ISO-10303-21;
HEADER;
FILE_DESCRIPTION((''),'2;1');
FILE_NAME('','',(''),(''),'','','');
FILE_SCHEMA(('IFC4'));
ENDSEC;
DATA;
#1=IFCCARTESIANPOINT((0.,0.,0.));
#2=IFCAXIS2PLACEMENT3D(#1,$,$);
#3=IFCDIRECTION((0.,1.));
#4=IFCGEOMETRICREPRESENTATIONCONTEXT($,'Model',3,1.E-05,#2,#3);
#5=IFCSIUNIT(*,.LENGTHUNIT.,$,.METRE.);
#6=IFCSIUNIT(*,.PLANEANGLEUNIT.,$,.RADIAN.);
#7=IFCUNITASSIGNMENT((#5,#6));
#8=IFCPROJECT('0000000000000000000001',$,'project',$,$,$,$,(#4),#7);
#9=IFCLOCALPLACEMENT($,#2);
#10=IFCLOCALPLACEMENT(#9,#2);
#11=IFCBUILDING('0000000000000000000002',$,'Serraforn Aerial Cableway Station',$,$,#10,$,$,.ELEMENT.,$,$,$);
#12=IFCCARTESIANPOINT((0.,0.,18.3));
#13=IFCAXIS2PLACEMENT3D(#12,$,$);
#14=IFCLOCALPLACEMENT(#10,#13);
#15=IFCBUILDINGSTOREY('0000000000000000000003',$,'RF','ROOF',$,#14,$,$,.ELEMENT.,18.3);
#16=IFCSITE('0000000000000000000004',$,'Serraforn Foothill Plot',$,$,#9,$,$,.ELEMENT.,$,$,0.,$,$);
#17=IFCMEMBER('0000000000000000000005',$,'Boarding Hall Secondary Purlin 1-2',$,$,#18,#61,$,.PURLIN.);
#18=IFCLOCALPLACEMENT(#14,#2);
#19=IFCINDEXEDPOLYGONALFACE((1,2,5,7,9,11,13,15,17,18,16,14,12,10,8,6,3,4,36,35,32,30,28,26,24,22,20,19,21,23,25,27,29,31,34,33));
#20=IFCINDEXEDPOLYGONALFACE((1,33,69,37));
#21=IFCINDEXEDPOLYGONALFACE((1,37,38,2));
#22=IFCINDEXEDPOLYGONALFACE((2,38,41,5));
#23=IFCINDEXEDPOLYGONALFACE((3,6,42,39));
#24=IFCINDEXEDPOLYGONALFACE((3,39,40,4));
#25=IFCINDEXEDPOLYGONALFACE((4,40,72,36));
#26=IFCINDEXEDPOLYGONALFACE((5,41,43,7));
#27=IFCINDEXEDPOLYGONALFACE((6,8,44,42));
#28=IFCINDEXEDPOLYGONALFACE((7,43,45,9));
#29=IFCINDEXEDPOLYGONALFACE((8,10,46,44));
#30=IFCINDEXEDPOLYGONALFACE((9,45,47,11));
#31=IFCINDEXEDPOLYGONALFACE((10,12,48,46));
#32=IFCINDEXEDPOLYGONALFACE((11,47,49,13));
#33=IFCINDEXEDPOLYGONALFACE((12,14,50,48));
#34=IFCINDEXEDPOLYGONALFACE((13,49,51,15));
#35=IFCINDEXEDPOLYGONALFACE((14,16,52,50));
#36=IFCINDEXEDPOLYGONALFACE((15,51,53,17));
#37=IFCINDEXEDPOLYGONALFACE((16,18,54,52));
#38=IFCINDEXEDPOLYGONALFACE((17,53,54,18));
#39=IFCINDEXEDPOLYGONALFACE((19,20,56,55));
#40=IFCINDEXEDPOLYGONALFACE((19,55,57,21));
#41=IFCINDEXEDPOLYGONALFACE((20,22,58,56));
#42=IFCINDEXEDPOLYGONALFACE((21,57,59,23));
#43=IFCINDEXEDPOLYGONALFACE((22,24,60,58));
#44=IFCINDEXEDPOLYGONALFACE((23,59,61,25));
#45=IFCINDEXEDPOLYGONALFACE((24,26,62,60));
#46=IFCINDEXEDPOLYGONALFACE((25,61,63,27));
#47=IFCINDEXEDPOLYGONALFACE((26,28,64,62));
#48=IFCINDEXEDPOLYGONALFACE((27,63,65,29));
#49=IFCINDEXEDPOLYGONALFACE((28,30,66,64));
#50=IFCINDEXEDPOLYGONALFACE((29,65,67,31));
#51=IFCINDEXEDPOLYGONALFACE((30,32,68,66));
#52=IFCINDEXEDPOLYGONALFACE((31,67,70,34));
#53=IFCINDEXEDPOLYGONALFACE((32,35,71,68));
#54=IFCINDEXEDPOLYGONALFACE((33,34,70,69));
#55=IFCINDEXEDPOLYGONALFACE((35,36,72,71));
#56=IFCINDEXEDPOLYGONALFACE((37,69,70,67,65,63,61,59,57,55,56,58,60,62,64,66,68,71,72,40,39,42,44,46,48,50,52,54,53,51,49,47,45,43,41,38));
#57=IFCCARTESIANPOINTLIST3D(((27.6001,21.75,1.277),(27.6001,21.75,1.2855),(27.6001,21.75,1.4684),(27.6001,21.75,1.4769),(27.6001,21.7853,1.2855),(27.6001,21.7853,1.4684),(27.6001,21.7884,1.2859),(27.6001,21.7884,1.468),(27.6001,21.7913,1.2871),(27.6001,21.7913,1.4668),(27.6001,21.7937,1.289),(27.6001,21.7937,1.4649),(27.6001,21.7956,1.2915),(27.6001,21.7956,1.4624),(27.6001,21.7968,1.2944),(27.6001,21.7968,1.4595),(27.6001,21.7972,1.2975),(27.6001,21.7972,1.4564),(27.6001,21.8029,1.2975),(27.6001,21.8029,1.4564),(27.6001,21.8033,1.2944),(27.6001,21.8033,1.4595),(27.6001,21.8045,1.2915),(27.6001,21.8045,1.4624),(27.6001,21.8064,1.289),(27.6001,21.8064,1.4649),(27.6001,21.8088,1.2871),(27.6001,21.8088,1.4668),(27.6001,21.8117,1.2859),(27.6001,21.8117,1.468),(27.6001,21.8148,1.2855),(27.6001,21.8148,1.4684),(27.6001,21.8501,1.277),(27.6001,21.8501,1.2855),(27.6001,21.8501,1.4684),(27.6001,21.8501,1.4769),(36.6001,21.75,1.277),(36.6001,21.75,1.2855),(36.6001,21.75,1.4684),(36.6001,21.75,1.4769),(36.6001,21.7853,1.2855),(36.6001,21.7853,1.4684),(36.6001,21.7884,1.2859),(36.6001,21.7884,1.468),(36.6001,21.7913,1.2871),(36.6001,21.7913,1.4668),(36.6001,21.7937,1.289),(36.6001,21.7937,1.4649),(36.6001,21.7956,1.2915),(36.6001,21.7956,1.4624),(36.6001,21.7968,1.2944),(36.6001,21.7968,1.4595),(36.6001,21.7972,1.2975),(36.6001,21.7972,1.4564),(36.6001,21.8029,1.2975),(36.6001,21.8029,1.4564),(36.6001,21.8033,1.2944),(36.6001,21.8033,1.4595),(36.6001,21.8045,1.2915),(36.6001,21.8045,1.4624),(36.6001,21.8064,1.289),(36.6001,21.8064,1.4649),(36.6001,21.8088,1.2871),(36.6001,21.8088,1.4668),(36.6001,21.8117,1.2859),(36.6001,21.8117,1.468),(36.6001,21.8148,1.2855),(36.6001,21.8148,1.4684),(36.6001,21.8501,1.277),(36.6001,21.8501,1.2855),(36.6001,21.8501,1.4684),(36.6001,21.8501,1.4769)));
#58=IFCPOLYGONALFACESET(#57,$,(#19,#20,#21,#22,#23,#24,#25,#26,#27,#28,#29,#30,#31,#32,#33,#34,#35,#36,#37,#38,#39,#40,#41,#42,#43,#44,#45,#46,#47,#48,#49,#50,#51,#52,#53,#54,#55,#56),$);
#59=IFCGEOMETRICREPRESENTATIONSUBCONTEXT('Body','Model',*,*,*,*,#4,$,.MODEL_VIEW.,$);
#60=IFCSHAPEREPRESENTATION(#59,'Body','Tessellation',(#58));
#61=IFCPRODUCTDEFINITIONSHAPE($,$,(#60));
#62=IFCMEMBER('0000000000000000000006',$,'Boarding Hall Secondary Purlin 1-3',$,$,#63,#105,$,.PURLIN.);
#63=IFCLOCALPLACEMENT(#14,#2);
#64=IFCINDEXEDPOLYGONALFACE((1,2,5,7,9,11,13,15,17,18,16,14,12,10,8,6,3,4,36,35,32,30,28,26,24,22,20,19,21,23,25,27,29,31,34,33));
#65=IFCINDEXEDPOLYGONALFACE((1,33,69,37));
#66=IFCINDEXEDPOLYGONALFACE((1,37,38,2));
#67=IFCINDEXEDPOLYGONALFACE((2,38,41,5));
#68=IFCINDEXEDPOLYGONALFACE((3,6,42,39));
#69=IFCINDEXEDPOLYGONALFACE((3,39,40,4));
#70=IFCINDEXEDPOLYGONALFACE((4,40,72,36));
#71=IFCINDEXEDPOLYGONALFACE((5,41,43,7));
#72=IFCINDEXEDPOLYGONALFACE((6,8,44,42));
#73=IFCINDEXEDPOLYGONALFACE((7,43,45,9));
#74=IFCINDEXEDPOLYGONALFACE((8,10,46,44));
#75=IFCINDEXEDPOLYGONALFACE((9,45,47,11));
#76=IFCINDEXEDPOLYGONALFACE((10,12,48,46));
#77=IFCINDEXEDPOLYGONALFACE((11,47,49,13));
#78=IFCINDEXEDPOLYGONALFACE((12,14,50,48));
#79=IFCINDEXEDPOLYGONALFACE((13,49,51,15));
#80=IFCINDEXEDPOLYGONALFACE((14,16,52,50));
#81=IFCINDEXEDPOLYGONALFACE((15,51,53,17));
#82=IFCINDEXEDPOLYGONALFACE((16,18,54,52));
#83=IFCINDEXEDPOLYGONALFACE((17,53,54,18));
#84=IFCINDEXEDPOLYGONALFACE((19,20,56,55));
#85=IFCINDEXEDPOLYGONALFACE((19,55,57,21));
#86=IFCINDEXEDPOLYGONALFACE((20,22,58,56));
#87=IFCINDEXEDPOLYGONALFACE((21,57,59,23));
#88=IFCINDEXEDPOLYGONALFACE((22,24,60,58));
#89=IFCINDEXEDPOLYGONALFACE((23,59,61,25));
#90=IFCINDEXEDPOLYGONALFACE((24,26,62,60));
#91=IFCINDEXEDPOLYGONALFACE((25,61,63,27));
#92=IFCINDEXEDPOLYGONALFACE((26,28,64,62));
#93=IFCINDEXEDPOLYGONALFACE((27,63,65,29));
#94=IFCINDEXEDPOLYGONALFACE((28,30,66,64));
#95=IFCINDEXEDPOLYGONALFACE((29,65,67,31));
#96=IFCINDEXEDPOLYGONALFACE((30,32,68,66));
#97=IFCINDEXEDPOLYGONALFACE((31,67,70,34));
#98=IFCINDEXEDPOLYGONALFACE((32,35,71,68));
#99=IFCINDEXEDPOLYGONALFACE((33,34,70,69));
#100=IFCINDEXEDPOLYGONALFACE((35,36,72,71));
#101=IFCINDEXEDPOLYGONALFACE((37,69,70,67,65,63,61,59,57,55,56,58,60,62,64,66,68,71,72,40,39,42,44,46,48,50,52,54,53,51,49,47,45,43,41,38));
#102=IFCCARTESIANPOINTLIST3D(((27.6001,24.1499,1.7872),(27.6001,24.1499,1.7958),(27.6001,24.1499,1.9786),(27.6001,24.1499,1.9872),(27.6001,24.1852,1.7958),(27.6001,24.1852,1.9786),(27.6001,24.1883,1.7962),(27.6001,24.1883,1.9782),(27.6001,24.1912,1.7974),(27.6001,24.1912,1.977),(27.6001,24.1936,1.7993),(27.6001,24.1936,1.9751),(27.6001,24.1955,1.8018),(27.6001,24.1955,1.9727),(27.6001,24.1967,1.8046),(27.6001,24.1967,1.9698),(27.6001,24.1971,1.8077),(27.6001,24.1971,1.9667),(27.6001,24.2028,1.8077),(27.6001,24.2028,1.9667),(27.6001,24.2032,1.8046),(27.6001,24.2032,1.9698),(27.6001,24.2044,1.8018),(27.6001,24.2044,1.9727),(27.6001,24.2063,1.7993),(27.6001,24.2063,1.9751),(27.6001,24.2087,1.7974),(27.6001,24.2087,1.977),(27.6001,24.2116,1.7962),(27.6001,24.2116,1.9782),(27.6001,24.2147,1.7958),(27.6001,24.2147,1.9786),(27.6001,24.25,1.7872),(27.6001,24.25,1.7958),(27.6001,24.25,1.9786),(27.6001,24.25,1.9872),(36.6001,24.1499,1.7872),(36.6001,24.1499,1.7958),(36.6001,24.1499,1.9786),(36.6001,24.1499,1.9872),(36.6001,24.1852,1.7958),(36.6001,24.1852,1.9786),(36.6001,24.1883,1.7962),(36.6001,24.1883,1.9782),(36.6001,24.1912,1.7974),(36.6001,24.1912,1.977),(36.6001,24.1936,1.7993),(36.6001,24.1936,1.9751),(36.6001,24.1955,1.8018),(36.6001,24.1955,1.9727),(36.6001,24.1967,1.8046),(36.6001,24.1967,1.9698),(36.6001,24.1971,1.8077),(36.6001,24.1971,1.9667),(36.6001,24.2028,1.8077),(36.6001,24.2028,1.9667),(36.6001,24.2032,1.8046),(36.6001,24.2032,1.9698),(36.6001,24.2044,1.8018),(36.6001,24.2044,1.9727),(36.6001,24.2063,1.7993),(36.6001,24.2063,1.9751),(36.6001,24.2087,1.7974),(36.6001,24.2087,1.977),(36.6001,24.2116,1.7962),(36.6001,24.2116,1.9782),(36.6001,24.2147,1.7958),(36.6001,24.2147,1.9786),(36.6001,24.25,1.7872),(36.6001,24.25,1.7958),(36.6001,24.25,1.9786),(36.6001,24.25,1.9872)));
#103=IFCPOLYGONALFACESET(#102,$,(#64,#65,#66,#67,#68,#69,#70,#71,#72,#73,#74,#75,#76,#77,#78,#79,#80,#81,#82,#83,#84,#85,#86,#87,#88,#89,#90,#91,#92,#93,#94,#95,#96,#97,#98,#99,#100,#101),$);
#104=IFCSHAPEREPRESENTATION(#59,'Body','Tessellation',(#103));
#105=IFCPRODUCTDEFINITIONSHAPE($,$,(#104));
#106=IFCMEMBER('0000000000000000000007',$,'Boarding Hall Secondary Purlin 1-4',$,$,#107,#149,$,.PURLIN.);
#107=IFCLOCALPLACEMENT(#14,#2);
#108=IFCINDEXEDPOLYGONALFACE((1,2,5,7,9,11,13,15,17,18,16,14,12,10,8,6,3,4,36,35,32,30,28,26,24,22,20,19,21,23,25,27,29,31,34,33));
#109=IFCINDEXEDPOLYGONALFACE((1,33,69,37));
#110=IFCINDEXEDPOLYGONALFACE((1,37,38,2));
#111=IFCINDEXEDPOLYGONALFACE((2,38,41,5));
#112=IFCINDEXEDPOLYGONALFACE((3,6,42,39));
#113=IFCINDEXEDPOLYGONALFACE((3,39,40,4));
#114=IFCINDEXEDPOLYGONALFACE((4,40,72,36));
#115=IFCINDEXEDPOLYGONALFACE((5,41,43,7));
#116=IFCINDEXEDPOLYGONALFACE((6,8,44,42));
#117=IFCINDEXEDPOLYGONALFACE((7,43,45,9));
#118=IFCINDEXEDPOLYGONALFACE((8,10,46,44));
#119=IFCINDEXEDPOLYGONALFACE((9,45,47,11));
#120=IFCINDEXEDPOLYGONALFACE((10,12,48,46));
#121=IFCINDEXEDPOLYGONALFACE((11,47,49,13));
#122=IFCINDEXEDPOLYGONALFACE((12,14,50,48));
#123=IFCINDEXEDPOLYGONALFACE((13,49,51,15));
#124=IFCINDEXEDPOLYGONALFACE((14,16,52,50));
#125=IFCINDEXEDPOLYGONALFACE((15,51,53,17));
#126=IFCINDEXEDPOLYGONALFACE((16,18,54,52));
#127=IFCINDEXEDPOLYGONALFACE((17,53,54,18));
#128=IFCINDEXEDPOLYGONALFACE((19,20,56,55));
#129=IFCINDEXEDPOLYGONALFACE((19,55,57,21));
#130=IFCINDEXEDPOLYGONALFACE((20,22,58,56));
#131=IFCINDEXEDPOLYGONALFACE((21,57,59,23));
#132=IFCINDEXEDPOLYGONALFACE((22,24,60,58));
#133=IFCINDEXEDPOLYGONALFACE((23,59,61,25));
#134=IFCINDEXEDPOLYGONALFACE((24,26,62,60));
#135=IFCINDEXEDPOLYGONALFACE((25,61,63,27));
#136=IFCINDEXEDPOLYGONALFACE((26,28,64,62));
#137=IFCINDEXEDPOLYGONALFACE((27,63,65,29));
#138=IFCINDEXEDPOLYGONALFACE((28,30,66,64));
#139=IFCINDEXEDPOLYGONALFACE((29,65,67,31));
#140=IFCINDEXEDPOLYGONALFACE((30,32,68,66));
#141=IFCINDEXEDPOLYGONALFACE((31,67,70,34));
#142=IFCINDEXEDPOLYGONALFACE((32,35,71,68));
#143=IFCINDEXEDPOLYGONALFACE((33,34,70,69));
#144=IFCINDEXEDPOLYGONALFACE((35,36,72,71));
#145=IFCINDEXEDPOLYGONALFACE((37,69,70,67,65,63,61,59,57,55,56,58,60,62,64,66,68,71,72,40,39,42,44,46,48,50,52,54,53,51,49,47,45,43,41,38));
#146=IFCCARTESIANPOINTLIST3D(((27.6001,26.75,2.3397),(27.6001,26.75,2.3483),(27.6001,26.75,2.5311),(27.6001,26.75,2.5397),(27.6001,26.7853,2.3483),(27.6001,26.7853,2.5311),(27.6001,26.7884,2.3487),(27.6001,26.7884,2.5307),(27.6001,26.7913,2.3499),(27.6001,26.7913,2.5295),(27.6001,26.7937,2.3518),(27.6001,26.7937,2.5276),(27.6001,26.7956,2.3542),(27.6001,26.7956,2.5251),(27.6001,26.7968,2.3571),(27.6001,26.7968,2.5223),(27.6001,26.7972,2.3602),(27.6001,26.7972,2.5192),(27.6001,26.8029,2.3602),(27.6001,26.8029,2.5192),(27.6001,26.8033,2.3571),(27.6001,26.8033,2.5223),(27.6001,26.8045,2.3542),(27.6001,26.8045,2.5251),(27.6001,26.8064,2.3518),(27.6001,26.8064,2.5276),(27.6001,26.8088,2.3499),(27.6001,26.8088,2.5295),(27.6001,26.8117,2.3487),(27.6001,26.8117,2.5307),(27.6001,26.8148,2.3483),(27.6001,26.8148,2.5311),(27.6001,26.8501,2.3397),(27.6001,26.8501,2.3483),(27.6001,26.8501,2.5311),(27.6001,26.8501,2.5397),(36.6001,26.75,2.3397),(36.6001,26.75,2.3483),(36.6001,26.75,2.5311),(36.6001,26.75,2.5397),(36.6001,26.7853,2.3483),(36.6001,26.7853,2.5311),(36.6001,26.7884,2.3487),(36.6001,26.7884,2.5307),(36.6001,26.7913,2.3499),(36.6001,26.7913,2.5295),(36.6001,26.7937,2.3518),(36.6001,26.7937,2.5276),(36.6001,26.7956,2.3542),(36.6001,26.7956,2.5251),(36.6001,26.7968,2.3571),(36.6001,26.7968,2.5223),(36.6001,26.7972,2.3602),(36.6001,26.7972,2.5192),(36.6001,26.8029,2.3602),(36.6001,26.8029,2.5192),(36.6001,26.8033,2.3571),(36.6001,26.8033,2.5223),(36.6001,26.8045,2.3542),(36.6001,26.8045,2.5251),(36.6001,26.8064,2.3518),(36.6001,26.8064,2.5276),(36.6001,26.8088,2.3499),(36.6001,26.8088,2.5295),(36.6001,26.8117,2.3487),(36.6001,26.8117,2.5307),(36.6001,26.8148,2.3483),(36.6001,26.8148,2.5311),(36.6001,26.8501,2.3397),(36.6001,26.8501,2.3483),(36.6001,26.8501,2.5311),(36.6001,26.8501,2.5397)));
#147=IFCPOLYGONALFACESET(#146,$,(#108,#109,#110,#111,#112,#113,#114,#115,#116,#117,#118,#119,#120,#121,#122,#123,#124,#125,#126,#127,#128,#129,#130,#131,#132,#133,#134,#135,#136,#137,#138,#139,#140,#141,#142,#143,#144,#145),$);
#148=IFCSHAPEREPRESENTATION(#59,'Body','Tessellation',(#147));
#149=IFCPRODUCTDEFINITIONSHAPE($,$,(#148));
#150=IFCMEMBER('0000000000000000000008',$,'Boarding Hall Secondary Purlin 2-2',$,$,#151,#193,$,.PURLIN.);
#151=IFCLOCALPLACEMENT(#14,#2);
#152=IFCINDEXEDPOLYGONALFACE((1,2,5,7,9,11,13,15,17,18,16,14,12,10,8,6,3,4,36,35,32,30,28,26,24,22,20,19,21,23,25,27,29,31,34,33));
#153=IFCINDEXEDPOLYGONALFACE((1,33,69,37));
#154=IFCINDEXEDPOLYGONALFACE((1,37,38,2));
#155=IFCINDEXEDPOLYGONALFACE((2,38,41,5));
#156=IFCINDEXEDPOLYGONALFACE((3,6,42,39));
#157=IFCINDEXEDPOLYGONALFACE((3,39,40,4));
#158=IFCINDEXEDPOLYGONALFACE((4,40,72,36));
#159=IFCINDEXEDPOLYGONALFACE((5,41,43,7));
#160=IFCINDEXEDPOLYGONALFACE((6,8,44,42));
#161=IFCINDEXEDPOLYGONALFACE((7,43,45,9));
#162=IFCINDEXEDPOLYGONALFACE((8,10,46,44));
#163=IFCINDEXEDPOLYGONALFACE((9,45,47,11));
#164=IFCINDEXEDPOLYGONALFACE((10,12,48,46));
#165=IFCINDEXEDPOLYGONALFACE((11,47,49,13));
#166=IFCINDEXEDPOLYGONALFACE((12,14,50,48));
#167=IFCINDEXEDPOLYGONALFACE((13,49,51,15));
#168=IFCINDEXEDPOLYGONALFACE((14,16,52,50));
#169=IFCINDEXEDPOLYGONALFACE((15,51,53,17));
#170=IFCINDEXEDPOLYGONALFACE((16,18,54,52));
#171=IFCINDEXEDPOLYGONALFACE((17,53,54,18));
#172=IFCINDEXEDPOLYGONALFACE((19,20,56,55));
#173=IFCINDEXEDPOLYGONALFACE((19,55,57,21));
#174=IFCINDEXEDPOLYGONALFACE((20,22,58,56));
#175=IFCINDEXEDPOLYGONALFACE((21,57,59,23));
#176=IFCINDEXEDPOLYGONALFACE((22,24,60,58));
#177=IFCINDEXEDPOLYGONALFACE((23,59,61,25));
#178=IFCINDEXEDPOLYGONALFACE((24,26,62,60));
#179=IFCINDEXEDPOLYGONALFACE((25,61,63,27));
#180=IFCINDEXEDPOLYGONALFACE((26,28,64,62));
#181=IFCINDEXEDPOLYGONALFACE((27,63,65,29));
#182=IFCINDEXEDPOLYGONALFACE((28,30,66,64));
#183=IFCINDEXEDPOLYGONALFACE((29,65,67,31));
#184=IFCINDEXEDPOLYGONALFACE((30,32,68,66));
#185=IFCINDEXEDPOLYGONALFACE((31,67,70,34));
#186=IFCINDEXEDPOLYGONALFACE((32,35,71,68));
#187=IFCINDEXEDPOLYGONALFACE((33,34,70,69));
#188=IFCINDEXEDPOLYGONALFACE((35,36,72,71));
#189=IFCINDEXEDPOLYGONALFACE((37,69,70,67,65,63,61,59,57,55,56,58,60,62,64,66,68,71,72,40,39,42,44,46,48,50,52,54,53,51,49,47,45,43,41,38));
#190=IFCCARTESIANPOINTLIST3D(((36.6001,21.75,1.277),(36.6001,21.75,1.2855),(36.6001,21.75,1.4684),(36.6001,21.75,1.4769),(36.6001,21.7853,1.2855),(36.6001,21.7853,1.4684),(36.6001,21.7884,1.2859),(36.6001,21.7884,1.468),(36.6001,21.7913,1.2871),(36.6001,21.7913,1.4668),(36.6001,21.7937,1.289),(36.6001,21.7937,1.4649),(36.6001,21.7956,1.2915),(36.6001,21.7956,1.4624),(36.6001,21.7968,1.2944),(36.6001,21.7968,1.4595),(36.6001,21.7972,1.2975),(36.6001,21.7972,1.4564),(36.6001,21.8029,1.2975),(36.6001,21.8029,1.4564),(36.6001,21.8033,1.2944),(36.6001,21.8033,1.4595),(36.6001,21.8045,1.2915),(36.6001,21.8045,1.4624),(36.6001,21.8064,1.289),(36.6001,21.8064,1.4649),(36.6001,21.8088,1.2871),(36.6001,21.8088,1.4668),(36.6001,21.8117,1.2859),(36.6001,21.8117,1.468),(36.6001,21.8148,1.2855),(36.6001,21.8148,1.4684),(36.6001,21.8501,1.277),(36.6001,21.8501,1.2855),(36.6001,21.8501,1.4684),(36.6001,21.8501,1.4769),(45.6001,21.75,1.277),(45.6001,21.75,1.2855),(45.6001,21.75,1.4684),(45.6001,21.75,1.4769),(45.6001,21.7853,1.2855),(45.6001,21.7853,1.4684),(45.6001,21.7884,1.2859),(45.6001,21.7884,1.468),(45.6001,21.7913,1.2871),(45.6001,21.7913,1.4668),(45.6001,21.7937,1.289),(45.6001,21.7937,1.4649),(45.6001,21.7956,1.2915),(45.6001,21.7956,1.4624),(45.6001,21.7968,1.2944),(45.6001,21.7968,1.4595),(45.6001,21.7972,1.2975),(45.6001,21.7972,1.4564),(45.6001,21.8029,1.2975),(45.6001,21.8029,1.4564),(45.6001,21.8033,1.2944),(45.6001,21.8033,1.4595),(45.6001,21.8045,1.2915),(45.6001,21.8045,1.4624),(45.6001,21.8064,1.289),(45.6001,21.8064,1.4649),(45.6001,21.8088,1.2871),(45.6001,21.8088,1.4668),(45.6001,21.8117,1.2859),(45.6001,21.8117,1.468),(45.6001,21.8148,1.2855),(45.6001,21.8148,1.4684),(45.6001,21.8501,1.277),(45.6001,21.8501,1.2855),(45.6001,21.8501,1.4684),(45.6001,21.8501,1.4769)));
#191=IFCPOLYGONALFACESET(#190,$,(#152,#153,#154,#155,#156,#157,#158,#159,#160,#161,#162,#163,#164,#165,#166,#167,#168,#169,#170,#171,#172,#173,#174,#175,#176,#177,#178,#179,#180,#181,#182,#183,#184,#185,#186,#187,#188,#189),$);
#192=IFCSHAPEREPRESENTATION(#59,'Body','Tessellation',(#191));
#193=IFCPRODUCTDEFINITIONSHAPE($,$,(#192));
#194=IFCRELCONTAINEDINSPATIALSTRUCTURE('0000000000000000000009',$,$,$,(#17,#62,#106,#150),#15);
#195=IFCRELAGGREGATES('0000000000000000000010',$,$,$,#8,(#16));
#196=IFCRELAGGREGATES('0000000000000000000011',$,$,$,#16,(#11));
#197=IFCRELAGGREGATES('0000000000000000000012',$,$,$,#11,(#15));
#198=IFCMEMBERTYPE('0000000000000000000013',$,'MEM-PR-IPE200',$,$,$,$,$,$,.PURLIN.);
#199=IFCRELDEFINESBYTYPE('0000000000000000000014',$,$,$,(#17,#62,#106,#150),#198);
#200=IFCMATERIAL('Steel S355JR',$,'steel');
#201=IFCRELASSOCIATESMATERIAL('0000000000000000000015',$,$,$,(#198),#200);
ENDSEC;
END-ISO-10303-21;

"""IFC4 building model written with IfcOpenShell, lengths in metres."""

from ifc_helpers import new_model, si_unit, direction, frame, origin, origin_2d, place, context, subcontext, project, spatial, i_section, extrude, material, material_profile, profile_set, type_object, element, save


model = new_model("IFC4")

# Units and contexts
model_context = context("Model", 3, precision=1e-05, world=origin(), true_north=direction((0.0, 1.0)))
body_context = subcontext(model_context, "Body", "Model", "MODEL_VIEW")
ifc_project = project(units=[si_unit("LENGTHUNIT", "METRE"), si_unit("PLANEANGLEUNIT", "RADIAN")], contexts=[model_context])

# Site, building, storey
site_placement = place(None, origin())
site = spatial("IfcSite", under=ifc_project, at=site_placement, Name="Serraforn Foothill Plot", CompositionType="ELEMENT", RefElevation=0.0)
building_placement = place(site_placement, origin())
building = spatial("IfcBuilding", under=site, at=building_placement, Name="Serraforn Aerial Cableway Station", CompositionType="ELEMENT")
storey_placement = place(building_placement, frame((0.0, 0.0, 18.3)))
storey = spatial("IfcBuildingStorey", under=building, at=storey_placement, Name="RF", Description="ROOF", CompositionType="ELEMENT", Elevation=18.3)

# Members
ifc_material_1 = material(Name="Steel S355JR", Category="steel")
ifc_material_profile_1 = material_profile(ifc_material_1, i_section(OverallWidth=0.1001, OverallDepth=0.2, WebThickness=0.0056, FlangeThickness=0.0085, FilletRadius=0.012, at=origin_2d()), Name="IPE 200")
ifc_profile_set_1 = profile_set([ifc_material_profile_1], Name="Steel S355JR")
member_type_1 = type_object("IfcMemberType", Name="MEM-PR-IPE200", PredefinedType="PURLIN", material=ifc_profile_set_1)
for number, where, z_axis, x_axis, name in (
    (1, (27.6001, 21.8, 1.377), (1.0, 0.0, 0.0), (0.0, 1.0, 0.0), "Boarding Hall Secondary Purlin 1-2"),
    (2, (27.6001, 24.2, 1.8872), (1.0, 0.0, 0.0), (0.0, 1.0, 0.0), "Boarding Hall Secondary Purlin 1-3"),
    (3, (27.6001, 26.8, 2.4397), (1.0, 0.0, 0.0), (0.0, 1.0, 0.0), "Boarding Hall Secondary Purlin 1-4"),
    (4, (36.6001, 21.8, 1.377), (1.0, 0.0, 0.0), (0.0, 1.0, 0.0), "Boarding Hall Secondary Purlin 2-2"),
):
    element("IfcMember", number, at=place(storey_placement, frame(where, z_axis=z_axis, x_axis=x_axis)), inside=storey, type_object=member_type_1, Name=name, PredefinedType="PURLIN", context=body_context, shape_type="SweptSolid", body=[
        extrude(i_section(OverallWidth=0.1001, OverallDepth=0.2, WebThickness=0.0056, FlangeThickness=0.0085, FilletRadius=0.012, at=origin_2d()), origin(), (0.0, 0.0, 1.0), 9.0),
    ])

save(model, "model.ifc")
